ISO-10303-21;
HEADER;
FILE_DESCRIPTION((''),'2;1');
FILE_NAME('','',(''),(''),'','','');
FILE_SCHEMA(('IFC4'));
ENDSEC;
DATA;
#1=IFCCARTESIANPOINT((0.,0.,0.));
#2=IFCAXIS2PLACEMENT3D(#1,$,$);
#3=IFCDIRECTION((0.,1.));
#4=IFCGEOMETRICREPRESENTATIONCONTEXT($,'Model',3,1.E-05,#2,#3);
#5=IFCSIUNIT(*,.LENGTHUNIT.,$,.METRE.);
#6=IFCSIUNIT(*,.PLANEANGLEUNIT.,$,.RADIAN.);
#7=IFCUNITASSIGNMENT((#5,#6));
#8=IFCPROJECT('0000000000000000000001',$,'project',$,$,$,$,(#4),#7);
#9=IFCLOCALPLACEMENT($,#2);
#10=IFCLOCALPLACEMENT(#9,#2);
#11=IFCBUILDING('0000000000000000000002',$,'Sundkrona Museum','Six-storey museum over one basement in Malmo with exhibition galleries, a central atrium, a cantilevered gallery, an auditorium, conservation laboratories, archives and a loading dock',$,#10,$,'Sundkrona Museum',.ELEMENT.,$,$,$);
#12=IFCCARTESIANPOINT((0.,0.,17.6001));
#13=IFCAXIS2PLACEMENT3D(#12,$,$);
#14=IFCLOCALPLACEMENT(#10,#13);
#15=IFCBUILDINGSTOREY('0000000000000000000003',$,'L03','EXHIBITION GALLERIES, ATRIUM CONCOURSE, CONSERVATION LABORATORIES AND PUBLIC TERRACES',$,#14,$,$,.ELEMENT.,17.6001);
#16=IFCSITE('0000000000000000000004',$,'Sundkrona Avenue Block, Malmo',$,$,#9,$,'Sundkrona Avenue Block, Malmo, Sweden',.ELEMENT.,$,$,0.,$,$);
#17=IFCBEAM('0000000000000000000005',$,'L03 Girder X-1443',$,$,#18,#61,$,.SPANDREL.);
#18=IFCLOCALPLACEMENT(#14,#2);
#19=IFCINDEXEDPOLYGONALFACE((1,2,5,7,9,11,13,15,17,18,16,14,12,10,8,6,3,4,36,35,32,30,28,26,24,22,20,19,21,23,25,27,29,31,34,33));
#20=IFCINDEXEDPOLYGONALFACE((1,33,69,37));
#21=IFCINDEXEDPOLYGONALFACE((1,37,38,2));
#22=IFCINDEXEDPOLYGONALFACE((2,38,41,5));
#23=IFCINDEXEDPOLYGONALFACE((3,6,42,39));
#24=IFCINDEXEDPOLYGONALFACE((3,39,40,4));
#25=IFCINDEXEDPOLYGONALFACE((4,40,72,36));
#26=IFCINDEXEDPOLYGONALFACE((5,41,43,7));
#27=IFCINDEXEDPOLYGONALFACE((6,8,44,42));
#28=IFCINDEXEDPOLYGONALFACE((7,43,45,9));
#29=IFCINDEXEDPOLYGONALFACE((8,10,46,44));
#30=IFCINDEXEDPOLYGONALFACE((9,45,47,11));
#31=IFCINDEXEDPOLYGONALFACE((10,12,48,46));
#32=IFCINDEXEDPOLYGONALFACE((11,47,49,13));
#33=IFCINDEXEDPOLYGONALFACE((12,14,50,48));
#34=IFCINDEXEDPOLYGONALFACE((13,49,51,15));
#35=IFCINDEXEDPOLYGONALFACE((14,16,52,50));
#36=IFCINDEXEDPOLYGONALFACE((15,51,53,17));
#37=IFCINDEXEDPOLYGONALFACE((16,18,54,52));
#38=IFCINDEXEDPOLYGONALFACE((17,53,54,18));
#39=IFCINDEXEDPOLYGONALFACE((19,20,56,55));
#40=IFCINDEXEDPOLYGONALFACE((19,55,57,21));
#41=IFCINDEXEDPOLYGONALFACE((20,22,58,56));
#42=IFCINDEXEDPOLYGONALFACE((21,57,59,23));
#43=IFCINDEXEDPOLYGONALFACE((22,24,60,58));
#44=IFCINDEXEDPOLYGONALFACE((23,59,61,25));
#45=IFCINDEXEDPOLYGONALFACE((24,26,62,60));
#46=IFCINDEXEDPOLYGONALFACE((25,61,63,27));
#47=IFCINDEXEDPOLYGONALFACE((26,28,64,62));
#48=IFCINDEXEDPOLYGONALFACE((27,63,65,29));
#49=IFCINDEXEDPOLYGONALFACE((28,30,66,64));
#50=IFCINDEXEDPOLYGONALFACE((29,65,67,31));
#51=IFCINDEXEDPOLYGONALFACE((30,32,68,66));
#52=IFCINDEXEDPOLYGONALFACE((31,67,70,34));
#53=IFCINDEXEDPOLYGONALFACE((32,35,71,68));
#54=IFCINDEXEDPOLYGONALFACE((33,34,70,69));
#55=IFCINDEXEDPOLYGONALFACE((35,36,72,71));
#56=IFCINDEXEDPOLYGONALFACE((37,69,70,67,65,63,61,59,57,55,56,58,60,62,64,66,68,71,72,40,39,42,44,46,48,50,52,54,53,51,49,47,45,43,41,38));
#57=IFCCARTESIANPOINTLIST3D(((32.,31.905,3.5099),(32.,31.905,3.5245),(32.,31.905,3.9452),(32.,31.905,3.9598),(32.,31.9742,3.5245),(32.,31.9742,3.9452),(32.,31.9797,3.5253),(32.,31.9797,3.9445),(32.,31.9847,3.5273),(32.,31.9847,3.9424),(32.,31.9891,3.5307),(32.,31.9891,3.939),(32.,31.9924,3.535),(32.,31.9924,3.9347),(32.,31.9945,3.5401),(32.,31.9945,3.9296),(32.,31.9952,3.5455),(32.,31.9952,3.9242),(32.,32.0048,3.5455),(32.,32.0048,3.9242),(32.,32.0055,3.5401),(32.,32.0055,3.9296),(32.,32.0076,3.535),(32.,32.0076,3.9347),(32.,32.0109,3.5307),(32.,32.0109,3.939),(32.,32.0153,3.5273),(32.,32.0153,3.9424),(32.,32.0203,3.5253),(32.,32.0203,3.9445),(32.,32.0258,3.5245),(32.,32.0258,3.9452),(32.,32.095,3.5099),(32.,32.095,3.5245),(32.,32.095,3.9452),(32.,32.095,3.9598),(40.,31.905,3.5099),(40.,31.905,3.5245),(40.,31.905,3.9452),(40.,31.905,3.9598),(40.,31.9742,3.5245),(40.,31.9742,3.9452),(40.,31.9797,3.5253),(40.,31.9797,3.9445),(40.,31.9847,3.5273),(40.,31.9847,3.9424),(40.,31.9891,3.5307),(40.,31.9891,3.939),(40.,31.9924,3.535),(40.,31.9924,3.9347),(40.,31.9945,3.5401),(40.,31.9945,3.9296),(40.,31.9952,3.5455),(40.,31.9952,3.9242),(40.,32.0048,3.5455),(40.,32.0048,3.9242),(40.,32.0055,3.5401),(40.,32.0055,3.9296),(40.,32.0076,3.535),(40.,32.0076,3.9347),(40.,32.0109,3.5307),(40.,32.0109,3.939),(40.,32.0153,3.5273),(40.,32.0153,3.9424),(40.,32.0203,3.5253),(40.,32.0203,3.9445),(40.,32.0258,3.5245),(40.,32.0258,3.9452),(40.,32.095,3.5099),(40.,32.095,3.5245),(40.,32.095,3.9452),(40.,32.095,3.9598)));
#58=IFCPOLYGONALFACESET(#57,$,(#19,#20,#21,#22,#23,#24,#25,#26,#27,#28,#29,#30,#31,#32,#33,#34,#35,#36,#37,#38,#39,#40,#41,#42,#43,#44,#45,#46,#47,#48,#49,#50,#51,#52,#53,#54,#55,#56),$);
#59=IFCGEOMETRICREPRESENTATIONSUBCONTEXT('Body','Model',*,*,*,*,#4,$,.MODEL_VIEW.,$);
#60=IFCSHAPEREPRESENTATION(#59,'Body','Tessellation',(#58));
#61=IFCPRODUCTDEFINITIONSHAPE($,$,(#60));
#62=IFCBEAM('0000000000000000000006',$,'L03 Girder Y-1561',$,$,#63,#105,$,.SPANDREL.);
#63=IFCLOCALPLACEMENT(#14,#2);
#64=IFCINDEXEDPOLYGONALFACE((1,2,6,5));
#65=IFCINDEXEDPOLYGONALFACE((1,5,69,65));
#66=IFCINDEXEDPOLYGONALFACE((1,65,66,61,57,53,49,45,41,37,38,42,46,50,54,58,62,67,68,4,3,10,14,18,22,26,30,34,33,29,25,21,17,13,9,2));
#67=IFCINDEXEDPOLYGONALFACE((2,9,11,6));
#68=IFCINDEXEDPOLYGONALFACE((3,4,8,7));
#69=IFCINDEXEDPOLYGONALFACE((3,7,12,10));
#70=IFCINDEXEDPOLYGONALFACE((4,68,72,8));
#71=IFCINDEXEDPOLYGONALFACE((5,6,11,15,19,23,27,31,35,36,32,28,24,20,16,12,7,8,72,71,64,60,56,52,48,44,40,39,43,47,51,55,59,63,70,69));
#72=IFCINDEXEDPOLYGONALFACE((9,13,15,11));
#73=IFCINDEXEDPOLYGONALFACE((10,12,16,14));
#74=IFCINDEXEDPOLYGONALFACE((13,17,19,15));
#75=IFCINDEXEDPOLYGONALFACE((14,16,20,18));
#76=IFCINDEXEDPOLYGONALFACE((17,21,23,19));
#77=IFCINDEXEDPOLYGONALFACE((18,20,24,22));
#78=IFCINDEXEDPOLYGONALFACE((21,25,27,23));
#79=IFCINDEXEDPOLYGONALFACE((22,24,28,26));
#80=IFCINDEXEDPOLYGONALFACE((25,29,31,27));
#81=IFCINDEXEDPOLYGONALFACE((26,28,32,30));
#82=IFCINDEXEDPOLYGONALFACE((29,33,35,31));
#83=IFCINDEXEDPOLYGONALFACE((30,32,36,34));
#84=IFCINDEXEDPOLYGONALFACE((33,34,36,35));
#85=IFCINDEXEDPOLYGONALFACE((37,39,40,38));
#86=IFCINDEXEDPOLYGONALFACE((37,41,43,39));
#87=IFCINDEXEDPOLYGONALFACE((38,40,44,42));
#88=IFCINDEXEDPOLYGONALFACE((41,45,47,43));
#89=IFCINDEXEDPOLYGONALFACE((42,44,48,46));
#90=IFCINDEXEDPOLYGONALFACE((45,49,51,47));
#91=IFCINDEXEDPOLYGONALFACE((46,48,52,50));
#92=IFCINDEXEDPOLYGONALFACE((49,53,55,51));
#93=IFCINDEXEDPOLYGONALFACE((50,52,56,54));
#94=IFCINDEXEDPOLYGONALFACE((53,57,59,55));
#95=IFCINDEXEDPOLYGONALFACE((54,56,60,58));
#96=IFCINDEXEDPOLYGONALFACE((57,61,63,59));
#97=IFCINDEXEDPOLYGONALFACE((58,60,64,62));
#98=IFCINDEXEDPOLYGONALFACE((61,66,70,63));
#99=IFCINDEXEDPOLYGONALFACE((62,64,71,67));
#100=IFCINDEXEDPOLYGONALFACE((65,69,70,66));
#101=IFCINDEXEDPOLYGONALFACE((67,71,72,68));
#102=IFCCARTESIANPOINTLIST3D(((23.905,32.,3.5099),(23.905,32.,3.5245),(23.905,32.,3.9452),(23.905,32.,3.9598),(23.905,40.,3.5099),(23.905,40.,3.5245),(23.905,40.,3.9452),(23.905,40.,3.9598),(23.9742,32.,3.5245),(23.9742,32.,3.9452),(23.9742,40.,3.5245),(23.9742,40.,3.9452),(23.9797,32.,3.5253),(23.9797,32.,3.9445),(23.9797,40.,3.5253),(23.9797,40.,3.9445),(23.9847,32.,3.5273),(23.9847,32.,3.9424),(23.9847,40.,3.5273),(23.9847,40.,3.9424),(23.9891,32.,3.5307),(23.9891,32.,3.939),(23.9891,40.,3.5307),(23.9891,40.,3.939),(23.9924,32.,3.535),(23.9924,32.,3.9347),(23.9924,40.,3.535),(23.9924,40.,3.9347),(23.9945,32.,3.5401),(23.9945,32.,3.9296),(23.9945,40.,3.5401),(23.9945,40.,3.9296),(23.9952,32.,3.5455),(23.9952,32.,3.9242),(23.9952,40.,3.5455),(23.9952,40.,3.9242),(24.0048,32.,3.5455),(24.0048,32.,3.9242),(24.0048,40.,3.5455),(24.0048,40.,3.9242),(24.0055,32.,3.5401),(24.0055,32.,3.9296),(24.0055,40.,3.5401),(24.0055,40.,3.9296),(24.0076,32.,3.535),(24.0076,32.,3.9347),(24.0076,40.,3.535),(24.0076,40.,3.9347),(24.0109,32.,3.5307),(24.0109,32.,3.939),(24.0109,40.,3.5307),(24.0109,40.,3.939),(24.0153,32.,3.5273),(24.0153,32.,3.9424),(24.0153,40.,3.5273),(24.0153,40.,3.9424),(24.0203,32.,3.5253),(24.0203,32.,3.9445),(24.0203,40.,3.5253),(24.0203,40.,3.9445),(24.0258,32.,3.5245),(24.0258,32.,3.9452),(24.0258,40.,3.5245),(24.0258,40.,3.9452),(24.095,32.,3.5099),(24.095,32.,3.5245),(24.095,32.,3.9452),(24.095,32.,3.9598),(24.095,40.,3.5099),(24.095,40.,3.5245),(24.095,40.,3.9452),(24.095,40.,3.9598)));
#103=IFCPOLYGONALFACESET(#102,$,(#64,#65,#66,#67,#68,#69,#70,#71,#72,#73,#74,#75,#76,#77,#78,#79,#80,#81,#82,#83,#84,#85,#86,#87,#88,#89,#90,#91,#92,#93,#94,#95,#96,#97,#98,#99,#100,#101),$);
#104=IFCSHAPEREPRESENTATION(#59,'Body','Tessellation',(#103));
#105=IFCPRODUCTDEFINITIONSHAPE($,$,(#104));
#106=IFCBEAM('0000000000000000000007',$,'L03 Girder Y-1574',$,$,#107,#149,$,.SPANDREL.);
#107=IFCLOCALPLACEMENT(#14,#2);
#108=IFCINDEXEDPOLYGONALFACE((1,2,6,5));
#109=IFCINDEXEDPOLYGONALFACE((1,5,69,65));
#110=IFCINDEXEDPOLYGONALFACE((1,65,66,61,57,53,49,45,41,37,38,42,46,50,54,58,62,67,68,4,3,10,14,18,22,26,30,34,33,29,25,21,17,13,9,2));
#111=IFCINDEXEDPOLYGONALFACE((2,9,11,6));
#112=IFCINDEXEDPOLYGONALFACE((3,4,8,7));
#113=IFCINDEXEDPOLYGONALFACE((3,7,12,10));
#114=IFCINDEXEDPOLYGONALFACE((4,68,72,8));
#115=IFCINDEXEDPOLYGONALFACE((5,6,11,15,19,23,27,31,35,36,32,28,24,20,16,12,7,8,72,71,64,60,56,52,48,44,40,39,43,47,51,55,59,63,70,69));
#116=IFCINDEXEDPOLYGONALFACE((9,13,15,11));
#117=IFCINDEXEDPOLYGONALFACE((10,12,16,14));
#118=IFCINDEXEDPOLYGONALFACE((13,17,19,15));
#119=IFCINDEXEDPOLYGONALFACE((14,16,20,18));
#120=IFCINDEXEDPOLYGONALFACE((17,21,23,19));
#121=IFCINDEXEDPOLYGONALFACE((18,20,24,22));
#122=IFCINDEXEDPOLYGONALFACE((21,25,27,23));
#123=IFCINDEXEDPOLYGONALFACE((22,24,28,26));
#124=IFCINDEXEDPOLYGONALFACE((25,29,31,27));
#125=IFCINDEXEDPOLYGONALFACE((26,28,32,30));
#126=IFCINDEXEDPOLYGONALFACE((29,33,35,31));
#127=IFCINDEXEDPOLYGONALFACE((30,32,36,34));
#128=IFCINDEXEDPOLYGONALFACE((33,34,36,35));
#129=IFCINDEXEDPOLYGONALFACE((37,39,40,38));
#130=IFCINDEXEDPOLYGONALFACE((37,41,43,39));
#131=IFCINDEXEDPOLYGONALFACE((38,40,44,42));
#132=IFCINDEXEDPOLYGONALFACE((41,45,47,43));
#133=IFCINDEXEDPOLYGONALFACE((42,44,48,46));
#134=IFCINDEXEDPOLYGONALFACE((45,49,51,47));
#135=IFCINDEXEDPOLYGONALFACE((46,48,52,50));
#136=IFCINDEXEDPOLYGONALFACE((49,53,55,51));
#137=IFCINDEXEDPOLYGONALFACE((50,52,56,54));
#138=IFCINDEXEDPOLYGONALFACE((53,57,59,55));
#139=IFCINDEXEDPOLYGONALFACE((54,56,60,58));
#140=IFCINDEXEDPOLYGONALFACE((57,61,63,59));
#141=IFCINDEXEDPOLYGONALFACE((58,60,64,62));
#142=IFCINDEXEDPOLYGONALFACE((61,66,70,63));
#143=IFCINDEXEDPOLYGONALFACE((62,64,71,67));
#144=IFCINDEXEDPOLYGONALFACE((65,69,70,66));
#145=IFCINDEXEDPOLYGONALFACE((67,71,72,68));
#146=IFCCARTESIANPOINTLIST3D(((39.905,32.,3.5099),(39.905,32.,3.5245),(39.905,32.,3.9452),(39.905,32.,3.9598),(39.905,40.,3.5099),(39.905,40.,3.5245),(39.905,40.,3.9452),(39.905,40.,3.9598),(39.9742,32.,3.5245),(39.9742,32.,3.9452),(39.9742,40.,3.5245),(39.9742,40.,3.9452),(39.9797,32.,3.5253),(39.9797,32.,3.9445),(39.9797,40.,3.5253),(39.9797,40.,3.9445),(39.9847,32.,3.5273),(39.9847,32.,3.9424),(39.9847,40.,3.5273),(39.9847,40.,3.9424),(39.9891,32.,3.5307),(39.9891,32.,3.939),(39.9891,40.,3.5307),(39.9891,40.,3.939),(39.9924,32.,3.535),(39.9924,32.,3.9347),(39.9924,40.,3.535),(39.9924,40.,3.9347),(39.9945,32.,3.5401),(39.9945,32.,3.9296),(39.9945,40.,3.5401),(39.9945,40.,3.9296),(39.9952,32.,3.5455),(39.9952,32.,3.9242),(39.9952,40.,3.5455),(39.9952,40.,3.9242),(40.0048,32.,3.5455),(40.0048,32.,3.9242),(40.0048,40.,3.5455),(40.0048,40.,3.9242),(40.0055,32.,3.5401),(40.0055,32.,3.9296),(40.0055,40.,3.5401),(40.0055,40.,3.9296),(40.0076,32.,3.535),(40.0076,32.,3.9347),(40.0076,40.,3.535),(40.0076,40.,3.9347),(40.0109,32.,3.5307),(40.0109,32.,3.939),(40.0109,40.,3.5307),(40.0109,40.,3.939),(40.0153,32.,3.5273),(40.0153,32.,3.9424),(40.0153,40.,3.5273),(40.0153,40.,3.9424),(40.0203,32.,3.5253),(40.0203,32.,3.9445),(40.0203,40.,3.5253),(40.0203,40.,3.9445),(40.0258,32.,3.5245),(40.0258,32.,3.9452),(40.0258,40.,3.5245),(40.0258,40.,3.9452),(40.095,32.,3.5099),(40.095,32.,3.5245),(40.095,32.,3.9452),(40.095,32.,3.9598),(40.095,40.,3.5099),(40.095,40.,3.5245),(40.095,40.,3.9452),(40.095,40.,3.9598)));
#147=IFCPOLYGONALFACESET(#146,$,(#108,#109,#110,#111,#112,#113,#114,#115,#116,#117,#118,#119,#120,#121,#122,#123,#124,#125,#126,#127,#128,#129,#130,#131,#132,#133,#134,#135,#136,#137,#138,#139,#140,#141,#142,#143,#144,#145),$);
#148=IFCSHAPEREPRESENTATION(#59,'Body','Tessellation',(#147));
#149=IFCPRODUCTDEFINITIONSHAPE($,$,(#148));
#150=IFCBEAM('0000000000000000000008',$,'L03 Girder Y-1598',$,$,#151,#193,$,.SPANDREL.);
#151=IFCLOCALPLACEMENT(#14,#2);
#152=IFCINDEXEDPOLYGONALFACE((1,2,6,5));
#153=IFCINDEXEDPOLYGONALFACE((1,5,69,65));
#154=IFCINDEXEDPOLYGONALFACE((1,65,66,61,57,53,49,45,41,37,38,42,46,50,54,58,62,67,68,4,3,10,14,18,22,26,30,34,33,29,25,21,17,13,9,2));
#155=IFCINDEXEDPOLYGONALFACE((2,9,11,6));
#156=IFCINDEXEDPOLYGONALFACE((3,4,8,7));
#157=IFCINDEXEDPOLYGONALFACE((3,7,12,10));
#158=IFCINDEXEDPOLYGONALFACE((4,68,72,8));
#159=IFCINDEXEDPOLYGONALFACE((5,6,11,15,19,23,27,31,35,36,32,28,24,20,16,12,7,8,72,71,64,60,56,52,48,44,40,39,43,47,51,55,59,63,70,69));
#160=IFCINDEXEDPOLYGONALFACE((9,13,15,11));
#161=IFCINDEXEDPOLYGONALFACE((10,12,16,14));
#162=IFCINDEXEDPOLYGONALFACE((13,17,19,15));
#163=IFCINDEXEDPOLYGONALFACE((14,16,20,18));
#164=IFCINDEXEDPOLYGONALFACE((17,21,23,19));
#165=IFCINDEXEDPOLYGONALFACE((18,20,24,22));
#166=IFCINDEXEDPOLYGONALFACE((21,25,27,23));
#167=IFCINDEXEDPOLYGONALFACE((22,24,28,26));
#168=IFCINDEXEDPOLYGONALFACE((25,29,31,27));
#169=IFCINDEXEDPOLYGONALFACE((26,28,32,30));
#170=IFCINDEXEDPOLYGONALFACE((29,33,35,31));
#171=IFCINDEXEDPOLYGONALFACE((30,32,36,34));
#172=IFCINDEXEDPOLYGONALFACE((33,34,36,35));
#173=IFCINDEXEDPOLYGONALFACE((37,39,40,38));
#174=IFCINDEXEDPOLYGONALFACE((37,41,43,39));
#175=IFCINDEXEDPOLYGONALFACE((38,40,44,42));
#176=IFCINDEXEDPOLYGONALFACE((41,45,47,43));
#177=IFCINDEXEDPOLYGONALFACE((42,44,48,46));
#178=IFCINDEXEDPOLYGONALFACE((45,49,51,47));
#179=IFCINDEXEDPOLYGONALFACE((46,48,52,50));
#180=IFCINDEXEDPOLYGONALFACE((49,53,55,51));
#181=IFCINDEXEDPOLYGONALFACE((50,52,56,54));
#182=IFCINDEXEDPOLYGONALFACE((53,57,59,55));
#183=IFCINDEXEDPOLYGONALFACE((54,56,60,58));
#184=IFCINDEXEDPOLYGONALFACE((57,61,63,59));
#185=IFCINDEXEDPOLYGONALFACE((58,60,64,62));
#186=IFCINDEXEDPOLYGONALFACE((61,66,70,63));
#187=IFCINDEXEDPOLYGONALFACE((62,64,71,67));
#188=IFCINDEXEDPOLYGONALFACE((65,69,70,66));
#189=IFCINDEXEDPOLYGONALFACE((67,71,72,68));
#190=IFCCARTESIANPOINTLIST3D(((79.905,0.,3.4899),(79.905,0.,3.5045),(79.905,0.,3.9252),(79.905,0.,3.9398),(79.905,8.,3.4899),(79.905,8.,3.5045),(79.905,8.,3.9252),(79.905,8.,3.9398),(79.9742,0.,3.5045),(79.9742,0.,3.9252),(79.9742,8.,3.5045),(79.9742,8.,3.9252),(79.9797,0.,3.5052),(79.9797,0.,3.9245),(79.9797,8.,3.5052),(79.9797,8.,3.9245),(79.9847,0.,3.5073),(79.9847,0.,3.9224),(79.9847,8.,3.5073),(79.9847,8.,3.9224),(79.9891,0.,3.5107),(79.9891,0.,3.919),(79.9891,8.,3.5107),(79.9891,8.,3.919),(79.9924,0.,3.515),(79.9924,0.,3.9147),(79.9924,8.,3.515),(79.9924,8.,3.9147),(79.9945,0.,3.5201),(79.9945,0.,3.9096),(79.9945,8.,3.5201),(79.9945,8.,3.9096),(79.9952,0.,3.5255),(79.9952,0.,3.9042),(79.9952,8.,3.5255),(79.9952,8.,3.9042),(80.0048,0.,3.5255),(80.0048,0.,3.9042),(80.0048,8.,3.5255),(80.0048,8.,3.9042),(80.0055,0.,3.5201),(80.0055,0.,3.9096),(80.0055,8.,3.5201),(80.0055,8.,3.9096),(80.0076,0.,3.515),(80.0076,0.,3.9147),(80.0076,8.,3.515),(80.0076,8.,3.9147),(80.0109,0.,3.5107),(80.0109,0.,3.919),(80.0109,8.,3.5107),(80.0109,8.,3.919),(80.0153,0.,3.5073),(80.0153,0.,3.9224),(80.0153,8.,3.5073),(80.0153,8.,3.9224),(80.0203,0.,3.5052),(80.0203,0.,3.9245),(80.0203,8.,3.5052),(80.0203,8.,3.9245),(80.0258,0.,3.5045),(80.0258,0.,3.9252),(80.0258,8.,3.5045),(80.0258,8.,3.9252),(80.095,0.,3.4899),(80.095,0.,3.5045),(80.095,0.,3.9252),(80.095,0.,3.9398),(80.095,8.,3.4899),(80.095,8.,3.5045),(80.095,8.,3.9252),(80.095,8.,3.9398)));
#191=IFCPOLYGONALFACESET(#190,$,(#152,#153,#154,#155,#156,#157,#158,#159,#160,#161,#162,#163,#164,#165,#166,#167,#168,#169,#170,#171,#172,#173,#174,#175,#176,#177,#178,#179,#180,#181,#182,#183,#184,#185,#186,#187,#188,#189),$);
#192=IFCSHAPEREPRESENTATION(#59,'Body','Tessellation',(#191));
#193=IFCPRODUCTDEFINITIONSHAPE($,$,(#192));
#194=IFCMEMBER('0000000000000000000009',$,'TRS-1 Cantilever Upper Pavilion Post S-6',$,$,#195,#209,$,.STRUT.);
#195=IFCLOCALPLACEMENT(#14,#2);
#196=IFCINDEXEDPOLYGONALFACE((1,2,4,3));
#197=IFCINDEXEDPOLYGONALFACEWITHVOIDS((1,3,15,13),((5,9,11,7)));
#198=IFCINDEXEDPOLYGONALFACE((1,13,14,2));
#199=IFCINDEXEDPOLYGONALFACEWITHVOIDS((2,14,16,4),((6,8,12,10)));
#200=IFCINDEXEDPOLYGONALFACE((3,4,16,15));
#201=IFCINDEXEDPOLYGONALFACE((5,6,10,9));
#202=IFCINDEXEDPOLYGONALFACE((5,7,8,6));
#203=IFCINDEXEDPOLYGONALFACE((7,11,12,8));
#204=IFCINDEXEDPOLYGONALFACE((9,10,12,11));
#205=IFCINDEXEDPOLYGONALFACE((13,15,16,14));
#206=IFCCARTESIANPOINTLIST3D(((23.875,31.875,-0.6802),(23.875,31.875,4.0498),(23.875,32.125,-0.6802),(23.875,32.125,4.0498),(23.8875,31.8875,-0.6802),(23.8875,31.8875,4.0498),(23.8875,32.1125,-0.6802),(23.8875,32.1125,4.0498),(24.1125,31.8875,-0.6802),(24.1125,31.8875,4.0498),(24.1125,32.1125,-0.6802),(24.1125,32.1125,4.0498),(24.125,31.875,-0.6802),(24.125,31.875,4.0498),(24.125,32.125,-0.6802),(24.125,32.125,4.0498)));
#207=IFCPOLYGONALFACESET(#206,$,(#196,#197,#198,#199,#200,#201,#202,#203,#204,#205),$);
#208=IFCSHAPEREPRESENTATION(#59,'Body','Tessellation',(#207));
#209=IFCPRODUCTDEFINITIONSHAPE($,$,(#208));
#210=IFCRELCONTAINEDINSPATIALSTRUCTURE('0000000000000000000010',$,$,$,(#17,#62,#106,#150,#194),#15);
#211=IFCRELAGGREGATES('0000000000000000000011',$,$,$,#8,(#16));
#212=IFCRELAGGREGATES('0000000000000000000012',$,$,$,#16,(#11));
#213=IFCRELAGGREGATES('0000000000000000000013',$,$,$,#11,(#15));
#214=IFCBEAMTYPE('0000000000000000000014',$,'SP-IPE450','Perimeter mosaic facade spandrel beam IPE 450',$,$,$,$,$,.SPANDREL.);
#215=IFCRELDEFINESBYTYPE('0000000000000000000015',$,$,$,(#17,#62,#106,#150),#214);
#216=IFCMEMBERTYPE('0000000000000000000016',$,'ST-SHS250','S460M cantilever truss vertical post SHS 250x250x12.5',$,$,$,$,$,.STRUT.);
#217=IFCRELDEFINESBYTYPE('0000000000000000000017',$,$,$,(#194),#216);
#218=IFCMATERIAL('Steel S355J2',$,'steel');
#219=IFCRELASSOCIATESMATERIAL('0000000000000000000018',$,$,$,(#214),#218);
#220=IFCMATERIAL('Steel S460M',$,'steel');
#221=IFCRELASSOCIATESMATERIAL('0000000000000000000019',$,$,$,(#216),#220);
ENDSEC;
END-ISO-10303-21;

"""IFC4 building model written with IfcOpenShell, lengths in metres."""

from ifc_helpers import new_model, si_unit, direction, frame, origin, origin_2d, place, context, subcontext, project, spatial, hollow_rectangle, i_section, extrude, material, material_profile, profile_set, type_object, element, save


model = new_model("IFC4")

# Units and contexts
model_context = context("Model", 3, precision=1e-05, world=origin(), true_north=direction((0.0, 1.0)))
body_context = subcontext(model_context, "Body", "Model", "MODEL_VIEW")
ifc_project = project(units=[si_unit("LENGTHUNIT", "METRE"), si_unit("PLANEANGLEUNIT", "RADIAN")], contexts=[model_context])

# Site, building, storey
site_placement = place(None, origin())
site = spatial("IfcSite", under=ifc_project, at=site_placement, Name="Sundkrona Avenue Block, Malmo", LongName="Sundkrona Avenue Block, Malmo, Sweden", CompositionType="ELEMENT", RefElevation=0.0)
building_placement = place(site_placement, origin())
building = spatial("IfcBuilding", under=site, at=building_placement, Name="Sundkrona Museum", Description="Six-storey museum over one basement in Malmo with exhibition galleries, a central atrium, a cantilevered gallery, an auditorium, conservation laboratories, archives and a loading dock", LongName="Sundkrona Museum", CompositionType="ELEMENT")
storey_placement = place(building_placement, frame((0.0, 0.0, 17.6001)))
storey = spatial("IfcBuildingStorey", under=building, at=storey_placement, Name="L03", Description="EXHIBITION GALLERIES, ATRIUM CONCOURSE, CONSERVATION LABORATORIES AND PUBLIC TERRACES", CompositionType="ELEMENT", Elevation=17.6001)

# Shared definitions
ifc_material_1 = material(Name="Steel S355J2", Category="steel")
ifc_material_2 = material(Name="Steel S460M", Category="steel")

# Beams
ifc_material_profile_1 = material_profile(ifc_material_1, i_section(OverallWidth=0.1899, OverallDepth=0.45, WebThickness=0.0095, FlangeThickness=0.0146, FilletRadius=0.021, at=origin_2d()), Name="IPE 450")
ifc_profile_set_1 = profile_set([ifc_material_profile_1], Name="Steel S355J2")
beam_type_1 = type_object("IfcBeamType", Name="SP-IPE450", Description="Perimeter mosaic facade spandrel beam IPE 450", PredefinedType="SPANDREL", material=ifc_profile_set_1)
for number, where, z_axis, x_axis, name in (
    (1, (32.0, 32.0, 3.7349), (1.0, 0.0, 0.0), (0.0, 1.0, 0.0), "L03 Girder X-1443"),
    (2, (24.0, 32.0, 3.7349), (0.0, 1.0, 0.0), (-1.0, 0.0, 0.0), "L03 Girder Y-1561"),
    (3, (40.0, 32.0, 3.7349), (0.0, 1.0, 0.0), (-1.0, 0.0, 0.0), "L03 Girder Y-1574"),
    (4, (80.0, 0.0, 3.7148), (0.0, 1.0, 0.0), (-1.0, 0.0, 0.0), "L03 Girder Y-1598"),
):
    element("IfcBeam", number, at=place(storey_placement, frame(where, z_axis=z_axis, x_axis=x_axis)), inside=storey, type_object=beam_type_1, Name=name, PredefinedType="SPANDREL", context=body_context, shape_type="SweptSolid", body=[
        extrude(i_section(OverallWidth=0.1899, OverallDepth=0.45, WebThickness=0.0095, FlangeThickness=0.0146, FilletRadius=0.021, at=origin_2d()), origin(), (0.0, 0.0, 1.0), 8.0),
    ])

# Member
ifc_material_profile_2 = material_profile(ifc_material_2, hollow_rectangle(XDim=0.25, YDim=0.25, WallThickness=0.0125, at=origin_2d()), Name="SHS 250x250x12.5")
ifc_profile_set_2 = profile_set([ifc_material_profile_2], Name="Steel S460M")
member_type_1 = type_object("IfcMemberType", Name="ST-SHS250", Description="S460M cantilever truss vertical post SHS 250x250x12.5", PredefinedType="STRUT", material=ifc_profile_set_2)
member_1_placement = place(storey_placement, frame((24.0, 32.0, -0.6802), z_axis=(0.0, 0.0, 1.0), x_axis=(1.0, 0.0, 0.0)))
element("IfcMember", 5, at=member_1_placement, inside=storey, type_object=member_type_1, Name="TRS-1 Cantilever Upper Pavilion Post S-6", PredefinedType="STRUT", context=body_context, shape_type="SweptSolid", body=[
    extrude(hollow_rectangle(XDim=0.25, YDim=0.25, WallThickness=0.0125, at=origin_2d()), origin(), (0.0, 0.0, 1.0), 4.73),
])

save(model, "model.ifc")
